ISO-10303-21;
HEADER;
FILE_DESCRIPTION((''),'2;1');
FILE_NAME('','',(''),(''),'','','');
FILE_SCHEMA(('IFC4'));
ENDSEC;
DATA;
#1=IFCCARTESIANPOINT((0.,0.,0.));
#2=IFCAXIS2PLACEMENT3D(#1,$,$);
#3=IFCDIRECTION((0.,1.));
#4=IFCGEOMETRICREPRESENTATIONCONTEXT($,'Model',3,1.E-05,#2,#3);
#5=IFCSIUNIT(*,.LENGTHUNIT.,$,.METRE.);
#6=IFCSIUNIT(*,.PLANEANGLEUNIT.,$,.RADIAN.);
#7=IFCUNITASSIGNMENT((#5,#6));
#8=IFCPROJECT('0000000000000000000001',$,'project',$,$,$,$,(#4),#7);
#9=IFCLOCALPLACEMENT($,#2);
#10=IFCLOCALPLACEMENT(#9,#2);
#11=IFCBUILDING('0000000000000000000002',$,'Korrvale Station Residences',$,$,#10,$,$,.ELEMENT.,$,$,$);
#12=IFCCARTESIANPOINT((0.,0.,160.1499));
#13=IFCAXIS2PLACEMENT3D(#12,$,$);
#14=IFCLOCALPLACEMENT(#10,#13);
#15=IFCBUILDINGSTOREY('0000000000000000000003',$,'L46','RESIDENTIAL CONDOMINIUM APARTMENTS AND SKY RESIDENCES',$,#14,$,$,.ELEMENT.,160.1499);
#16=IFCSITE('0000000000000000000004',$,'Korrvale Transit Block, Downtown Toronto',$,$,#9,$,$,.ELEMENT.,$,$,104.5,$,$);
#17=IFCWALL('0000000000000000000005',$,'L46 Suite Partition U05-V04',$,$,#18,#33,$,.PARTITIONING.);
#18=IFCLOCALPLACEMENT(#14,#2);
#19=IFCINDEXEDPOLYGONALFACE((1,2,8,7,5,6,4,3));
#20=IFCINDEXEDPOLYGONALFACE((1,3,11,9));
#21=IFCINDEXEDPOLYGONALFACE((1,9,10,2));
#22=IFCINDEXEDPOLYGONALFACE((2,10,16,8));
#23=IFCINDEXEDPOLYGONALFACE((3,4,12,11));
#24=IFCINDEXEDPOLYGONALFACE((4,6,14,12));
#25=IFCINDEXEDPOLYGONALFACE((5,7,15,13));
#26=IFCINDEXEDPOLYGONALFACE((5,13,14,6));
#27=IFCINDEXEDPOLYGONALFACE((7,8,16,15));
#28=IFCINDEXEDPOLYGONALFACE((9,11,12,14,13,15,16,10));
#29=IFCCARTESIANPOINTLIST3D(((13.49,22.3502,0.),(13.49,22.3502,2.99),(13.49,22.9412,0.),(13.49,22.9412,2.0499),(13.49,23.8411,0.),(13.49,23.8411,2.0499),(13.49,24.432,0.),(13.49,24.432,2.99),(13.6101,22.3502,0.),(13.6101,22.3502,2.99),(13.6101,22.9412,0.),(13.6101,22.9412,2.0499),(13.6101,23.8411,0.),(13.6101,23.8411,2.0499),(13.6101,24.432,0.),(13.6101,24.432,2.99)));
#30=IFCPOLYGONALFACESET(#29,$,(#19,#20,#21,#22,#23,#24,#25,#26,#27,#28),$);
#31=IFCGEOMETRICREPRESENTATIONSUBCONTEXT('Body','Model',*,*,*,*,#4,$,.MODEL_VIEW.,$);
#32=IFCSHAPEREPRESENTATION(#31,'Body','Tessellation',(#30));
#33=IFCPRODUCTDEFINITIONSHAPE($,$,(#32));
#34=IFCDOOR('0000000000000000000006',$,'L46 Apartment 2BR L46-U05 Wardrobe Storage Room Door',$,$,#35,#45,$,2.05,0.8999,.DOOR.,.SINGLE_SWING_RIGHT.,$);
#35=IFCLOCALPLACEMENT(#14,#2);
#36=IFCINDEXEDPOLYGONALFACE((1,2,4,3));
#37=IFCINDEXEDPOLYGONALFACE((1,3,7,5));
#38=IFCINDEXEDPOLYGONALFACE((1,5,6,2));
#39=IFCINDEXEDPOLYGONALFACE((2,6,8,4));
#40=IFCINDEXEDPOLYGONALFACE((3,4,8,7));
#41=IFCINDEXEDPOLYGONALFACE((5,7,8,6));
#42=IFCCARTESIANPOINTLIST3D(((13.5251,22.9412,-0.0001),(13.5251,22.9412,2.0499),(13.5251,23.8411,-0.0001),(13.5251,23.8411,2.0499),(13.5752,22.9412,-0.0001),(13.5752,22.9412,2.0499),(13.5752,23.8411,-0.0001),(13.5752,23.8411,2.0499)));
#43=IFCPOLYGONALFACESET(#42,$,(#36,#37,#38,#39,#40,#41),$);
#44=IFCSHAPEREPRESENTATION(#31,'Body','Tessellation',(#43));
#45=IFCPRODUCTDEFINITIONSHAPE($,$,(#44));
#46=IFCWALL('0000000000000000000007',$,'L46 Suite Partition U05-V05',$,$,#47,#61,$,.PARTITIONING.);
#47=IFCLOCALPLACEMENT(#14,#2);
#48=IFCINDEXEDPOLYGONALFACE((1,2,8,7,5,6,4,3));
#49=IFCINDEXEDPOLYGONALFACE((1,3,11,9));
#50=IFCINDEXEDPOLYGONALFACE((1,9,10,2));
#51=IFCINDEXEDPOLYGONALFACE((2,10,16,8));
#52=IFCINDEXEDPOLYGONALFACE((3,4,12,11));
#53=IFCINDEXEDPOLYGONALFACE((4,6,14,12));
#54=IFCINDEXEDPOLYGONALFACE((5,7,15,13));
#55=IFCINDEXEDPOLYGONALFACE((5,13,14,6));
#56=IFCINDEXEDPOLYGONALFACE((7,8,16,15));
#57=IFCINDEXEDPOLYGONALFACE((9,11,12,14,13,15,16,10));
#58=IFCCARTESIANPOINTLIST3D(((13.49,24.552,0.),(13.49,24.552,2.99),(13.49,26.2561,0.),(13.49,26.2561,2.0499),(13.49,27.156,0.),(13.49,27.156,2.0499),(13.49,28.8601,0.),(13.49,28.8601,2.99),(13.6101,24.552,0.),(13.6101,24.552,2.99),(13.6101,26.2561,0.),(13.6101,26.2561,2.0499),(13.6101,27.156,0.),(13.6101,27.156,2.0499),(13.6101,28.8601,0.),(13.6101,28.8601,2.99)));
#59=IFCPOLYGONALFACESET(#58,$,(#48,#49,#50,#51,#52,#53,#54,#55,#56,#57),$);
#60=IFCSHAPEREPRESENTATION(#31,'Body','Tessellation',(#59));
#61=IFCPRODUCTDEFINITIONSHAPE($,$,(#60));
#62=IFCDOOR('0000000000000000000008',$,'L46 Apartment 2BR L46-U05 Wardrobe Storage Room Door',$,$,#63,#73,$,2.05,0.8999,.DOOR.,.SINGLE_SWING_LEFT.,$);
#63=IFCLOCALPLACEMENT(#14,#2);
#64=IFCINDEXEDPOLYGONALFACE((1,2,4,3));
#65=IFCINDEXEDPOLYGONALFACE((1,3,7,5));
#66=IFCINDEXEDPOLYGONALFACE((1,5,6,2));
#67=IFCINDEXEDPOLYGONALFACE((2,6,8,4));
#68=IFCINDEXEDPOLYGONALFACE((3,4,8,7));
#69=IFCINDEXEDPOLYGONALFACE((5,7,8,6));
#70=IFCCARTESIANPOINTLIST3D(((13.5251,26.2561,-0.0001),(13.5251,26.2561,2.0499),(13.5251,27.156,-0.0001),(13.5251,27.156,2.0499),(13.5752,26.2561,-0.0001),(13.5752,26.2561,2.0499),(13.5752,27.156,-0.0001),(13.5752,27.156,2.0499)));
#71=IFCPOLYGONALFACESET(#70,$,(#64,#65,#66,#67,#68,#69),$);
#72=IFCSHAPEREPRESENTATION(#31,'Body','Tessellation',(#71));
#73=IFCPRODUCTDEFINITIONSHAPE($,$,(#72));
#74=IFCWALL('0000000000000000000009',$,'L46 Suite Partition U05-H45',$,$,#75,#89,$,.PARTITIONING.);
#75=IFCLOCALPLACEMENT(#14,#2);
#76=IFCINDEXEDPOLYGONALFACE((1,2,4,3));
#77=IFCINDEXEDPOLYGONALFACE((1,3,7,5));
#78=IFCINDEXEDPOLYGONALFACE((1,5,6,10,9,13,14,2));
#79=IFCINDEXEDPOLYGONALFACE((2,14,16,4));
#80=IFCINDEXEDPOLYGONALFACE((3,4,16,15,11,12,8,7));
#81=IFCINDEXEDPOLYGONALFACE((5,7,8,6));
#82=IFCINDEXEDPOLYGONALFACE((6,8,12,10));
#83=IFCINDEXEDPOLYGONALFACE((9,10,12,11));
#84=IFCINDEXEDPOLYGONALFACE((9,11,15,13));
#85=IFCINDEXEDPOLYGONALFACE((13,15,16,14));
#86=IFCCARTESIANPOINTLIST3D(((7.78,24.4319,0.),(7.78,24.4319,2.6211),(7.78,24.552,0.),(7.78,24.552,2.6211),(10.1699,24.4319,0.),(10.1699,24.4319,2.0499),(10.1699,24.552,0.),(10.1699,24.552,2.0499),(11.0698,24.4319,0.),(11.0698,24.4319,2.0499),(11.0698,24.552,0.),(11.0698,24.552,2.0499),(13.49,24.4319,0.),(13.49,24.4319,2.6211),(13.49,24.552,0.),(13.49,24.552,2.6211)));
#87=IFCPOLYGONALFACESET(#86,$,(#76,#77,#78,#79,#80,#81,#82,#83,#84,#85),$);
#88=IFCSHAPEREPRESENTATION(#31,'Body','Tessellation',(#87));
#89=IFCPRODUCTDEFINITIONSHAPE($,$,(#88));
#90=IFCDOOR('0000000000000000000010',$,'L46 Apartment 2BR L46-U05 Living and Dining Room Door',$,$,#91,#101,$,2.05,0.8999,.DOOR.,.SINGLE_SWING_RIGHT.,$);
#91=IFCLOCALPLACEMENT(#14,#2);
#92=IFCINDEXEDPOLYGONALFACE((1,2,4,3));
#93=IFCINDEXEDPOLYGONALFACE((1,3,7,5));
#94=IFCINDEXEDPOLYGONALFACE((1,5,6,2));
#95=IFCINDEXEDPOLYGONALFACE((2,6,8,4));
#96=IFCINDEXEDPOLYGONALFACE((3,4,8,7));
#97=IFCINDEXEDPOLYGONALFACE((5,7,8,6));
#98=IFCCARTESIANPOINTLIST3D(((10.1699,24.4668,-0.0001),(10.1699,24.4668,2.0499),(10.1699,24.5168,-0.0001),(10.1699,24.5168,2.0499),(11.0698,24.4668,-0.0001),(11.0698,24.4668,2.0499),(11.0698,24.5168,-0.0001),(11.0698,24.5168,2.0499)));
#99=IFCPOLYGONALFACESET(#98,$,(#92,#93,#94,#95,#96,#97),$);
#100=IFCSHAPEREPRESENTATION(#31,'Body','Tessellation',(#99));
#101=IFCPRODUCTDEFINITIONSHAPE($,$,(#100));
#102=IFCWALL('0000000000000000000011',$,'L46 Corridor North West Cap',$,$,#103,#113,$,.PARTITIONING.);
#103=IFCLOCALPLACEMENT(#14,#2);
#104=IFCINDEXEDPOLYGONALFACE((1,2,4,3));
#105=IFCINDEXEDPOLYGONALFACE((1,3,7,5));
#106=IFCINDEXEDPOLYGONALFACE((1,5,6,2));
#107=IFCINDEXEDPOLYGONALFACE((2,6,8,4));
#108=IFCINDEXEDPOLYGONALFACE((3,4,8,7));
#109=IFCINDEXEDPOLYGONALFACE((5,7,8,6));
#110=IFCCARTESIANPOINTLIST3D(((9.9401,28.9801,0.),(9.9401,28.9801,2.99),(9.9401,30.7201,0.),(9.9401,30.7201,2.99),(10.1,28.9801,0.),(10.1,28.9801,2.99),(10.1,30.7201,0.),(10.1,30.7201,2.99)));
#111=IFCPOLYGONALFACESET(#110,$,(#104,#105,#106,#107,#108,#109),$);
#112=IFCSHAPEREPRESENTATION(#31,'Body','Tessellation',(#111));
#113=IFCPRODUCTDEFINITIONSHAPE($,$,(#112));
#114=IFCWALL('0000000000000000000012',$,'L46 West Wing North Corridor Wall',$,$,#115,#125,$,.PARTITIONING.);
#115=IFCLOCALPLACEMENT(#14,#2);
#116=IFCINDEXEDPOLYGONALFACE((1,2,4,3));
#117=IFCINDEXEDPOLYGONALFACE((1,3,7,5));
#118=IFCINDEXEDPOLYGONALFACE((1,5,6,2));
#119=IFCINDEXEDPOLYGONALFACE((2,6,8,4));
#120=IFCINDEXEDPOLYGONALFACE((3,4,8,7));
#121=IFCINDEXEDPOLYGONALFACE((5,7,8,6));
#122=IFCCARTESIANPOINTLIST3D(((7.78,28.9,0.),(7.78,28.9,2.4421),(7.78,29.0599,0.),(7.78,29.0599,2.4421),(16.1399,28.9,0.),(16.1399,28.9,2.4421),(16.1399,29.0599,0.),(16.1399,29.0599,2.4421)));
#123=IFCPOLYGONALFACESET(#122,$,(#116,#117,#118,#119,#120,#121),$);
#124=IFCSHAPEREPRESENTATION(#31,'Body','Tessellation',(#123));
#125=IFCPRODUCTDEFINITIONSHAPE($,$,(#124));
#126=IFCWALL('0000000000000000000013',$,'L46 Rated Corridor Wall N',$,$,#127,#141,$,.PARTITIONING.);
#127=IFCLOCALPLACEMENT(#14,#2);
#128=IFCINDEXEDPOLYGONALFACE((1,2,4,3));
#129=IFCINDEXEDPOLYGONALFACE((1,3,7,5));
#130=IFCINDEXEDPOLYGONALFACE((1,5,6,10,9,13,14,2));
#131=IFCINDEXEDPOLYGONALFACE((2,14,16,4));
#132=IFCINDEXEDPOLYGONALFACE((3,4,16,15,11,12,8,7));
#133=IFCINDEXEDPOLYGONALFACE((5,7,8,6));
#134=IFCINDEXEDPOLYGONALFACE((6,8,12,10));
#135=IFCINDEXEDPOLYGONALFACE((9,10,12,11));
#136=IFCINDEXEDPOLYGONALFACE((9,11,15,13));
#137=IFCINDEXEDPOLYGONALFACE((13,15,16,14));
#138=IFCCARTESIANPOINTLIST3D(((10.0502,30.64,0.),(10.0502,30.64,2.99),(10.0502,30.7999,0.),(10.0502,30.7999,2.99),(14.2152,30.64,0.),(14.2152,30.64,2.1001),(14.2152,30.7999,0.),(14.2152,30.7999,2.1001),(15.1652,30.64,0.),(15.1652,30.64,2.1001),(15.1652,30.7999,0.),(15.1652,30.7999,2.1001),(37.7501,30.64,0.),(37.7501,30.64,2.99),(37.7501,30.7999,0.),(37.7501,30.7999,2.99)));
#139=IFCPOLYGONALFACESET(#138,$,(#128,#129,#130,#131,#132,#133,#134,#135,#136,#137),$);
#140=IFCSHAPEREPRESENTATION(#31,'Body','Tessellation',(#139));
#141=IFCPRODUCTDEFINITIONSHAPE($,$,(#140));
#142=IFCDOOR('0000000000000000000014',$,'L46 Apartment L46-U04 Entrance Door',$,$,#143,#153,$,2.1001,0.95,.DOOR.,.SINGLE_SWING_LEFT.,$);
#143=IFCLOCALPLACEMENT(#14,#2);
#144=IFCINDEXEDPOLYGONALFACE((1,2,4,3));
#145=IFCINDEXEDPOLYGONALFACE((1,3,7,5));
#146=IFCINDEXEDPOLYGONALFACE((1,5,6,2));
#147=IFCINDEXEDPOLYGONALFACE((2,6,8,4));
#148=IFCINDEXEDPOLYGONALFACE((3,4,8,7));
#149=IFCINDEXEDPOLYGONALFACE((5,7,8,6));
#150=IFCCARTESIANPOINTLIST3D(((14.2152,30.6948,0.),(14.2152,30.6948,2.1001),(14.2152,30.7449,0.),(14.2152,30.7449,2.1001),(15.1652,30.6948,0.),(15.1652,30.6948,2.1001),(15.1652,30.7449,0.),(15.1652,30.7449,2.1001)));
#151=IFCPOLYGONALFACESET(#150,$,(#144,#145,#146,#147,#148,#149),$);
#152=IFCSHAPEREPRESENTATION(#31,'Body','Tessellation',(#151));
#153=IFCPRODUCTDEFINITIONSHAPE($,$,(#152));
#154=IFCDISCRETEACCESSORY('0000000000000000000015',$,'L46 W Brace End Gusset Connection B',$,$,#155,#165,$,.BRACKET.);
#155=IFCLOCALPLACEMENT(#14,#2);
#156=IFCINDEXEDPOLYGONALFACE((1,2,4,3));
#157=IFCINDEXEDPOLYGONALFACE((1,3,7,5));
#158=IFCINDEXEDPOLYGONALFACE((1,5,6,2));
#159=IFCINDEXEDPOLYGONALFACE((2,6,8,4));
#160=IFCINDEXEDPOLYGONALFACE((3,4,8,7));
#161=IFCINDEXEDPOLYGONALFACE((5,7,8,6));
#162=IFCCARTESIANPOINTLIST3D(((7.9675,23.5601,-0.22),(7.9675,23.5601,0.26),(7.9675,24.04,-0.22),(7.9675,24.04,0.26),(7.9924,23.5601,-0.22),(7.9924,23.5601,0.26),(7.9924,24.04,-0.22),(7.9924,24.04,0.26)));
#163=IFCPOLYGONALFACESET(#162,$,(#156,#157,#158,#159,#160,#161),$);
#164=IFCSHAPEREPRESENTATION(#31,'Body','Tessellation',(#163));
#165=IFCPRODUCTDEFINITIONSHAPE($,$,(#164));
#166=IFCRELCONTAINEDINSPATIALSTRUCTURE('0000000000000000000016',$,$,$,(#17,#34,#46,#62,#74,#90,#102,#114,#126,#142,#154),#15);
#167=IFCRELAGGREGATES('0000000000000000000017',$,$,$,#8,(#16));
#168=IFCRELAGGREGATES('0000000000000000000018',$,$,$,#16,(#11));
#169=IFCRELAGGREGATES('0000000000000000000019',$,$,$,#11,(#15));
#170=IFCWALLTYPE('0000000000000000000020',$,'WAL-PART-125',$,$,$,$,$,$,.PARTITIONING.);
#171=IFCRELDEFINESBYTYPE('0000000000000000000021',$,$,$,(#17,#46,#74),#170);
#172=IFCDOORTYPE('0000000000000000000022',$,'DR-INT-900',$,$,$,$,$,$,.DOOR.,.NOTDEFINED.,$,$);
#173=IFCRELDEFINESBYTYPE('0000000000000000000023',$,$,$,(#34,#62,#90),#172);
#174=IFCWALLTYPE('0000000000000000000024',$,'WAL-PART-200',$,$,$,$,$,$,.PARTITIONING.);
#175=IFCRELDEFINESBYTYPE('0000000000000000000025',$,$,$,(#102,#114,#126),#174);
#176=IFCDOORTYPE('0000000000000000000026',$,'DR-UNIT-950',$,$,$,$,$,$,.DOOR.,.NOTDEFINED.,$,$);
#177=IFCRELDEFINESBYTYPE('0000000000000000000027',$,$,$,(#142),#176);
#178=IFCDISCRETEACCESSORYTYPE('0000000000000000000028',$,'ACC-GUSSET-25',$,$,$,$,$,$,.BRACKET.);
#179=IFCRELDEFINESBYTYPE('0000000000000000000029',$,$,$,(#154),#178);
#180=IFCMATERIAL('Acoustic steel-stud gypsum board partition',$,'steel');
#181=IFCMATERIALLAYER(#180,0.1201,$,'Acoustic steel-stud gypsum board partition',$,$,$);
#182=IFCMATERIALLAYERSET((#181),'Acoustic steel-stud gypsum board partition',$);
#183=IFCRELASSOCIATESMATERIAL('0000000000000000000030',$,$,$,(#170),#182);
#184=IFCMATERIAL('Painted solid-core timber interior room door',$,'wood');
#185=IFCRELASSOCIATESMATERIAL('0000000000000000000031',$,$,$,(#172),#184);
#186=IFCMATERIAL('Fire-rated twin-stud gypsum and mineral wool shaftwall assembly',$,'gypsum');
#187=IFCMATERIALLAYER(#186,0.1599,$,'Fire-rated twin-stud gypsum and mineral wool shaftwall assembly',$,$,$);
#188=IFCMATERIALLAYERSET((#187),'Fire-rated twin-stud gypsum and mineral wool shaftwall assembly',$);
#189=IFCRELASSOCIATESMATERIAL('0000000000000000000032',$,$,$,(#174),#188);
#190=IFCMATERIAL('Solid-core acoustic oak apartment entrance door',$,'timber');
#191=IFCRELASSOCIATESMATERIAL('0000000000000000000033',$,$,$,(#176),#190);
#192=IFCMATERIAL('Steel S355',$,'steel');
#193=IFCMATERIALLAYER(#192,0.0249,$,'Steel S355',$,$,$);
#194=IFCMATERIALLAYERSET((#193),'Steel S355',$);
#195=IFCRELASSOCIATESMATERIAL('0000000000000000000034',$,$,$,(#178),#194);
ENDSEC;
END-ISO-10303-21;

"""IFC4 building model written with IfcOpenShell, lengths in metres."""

from ifc_helpers import new_model, si_unit, direction, frame, frame_2d, origin, origin_2d, place, context, subcontext, project, spatial, rectangle, extrude, material, layer, layer_set, type_object, element, fill, save


model = new_model("IFC4")

# Units and contexts
model_context = context("Model", 3, precision=1e-05, world=origin(), true_north=direction((0.0, 1.0)))
body_context = subcontext(model_context, "Body", "Model", "MODEL_VIEW")
ifc_project = project(units=[si_unit("LENGTHUNIT", "METRE"), si_unit("PLANEANGLEUNIT", "RADIAN")], contexts=[model_context])

# Site, building, storey
site_placement = place(None, origin())
site = spatial("IfcSite", under=ifc_project, at=site_placement, Name="Korrvale Transit Block, Downtown Toronto", CompositionType="ELEMENT", RefElevation=104.5)
building_placement = place(site_placement, origin())
building = spatial("IfcBuilding", under=site, at=building_placement, Name="Korrvale Station Residences", CompositionType="ELEMENT")
storey_placement = place(building_placement, frame((0.0, 0.0, 160.1499)))
storey = spatial("IfcBuildingStorey", under=building, at=storey_placement, Name="L46", Description="RESIDENTIAL CONDOMINIUM APARTMENTS AND SKY RESIDENCES", CompositionType="ELEMENT", Elevation=160.1499)

# Shared definitions
ifc_material_1 = material(Name="Steel S355", Category="steel")

# Walls, openings, doors
ifc_material_2 = material(Name="Acoustic steel-stud gypsum board partition", Category="steel")
ifc_layer_1 = layer(ifc_material_2, 0.1201, Name="Acoustic steel-stud gypsum board partition")
ifc_layer_set_1 = layer_set([ifc_layer_1], Name="Acoustic steel-stud gypsum board partition")
wall_type_1 = type_object("IfcWallType", Name="WAL-PART-125", PredefinedType="PARTITIONING", material=ifc_layer_set_1)
ifc_material_3 = material(Name="Painted solid-core timber interior room door", Category="wood")
door_type_1 = type_object("IfcDoorType", Name="DR-INT-900", OperationType="NOTDEFINED", PredefinedType="DOOR", material=ifc_material_3)
wall_1_placement = place(storey_placement, frame((13.55, 22.3501, 0.0), z_axis=(0.0, 0.0, 1.0), x_axis=(0.0, 1.0, 0.0)))
wall_1 = element("IfcWall", 1, at=wall_1_placement, inside=storey, type_object=wall_type_1, Name="L46 Suite Partition U05-V04", PredefinedType="PARTITIONING", context=body_context, shape_type="SweptSolid", body=[
    extrude(rectangle(XDim=2.0818, YDim=0.1201, at=frame_2d((1.041, 0.0))), origin(), (0.0, 0.0, 1.0), 2.99),
])
opening_1_placement = place(wall_1_placement, frame((0.5911, 0.0, 0.0)))
opening_1 = element("IfcOpeningElement", 2, at=opening_1_placement, cuts=wall_1, PredefinedType="OPENING", context=body_context, shape_type="SweptSolid", body=[
    extrude(rectangle(XDim=0.8999, YDim=2.05, at=frame_2d((0.45, 1.0249))), frame((0.0, 0.0701, 0.0), z_axis=(0.0, -1.0, 0.0), x_axis=(1.0, 0.0, 0.0)), (0.0, 0.0, 1.0), 0.1401),
])
door_1_placement = place(opening_1_placement, origin())
door_1 = element("IfcDoor", 3, at=door_1_placement, inside=storey, type_object=door_type_1, Name="L46 Apartment 2BR L46-U05 Wardrobe Storage Room Door", OperationType="SINGLE_SWING_RIGHT", OverallHeight=2.05, OverallWidth=0.8999, PredefinedType="DOOR", context=body_context, shape_type="SweptSolid", body=[
    extrude(rectangle(XDim=0.8999, YDim=2.05, at=frame_2d((0.45, 1.0249))), frame((0.0, 0.0249, 0.0), z_axis=(0.0, -1.0, 0.0), x_axis=(1.0, 0.0, 0.0)), (0.0, 0.0, 1.0), 0.05),
])
fill(opening_1, door_1)
wall_2_placement = place(storey_placement, frame((13.55, 24.552, 0.0), z_axis=(0.0, 0.0, 1.0), x_axis=(0.0, 1.0, 0.0)))
wall_2 = element("IfcWall", 4, at=wall_2_placement, inside=storey, type_object=wall_type_1, Name="L46 Suite Partition U05-V05", PredefinedType="PARTITIONING", context=body_context, shape_type="SweptSolid", body=[
    extrude(rectangle(XDim=4.3081, YDim=0.1201, at=frame_2d((2.1541, 0.0))), origin(), (0.0, 0.0, 1.0), 2.99),
])
opening_2_placement = place(wall_2_placement, frame((1.7041, 0.0, 0.0)))
opening_2 = element("IfcOpeningElement", 5, at=opening_2_placement, cuts=wall_2, PredefinedType="OPENING", context=body_context, shape_type="SweptSolid", body=[
    extrude(rectangle(XDim=0.8999, YDim=2.05, at=frame_2d((0.45, 1.0249))), frame((0.0, 0.0701, 0.0), z_axis=(0.0, -1.0, 0.0), x_axis=(1.0, 0.0, 0.0)), (0.0, 0.0, 1.0), 0.1401),
])
door_2_placement = place(opening_2_placement, origin())
door_2 = element("IfcDoor", 6, at=door_2_placement, inside=storey, type_object=door_type_1, Name="L46 Apartment 2BR L46-U05 Wardrobe Storage Room Door", OperationType="SINGLE_SWING_LEFT", OverallHeight=2.05, OverallWidth=0.8999, PredefinedType="DOOR", context=body_context, shape_type="SweptSolid", body=[
    extrude(rectangle(XDim=0.8999, YDim=2.05, at=frame_2d((0.45, 1.0249))), frame((0.0, 0.0249, 0.0), z_axis=(0.0, -1.0, 0.0), x_axis=(1.0, 0.0, 0.0)), (0.0, 0.0, 1.0), 0.05),
])
fill(opening_2, door_2)
wall_3_placement = place(storey_placement, frame((7.78, 24.4919, 0.0), z_axis=(0.0, 0.0, 1.0), x_axis=(1.0, 0.0, 0.0)))
wall_3 = element("IfcWall", 7, at=wall_3_placement, inside=storey, type_object=wall_type_1, Name="L46 Suite Partition U05-H45", PredefinedType="PARTITIONING", context=body_context, shape_type="SweptSolid", body=[
    extrude(rectangle(XDim=5.71, YDim=0.1201, at=frame_2d((2.855, 0.0))), origin(), (0.0, 0.0, 1.0), 2.6211),
])
opening_3_placement = place(wall_3_placement, frame((2.3899, 0.0, 0.0)))
opening_3 = element("IfcOpeningElement", 8, at=opening_3_placement, cuts=wall_3, PredefinedType="OPENING", context=body_context, shape_type="SweptSolid", body=[
    extrude(rectangle(XDim=0.8999, YDim=2.05, at=frame_2d((0.45, 1.0249))), frame((0.0, 0.0701, 0.0), z_axis=(0.0, -1.0, 0.0), x_axis=(1.0, 0.0, 0.0)), (0.0, 0.0, 1.0), 0.1401),
])
door_3_placement = place(opening_3_placement, origin())
door_3 = element("IfcDoor", 9, at=door_3_placement, inside=storey, type_object=door_type_1, Name="L46 Apartment 2BR L46-U05 Living and Dining Room Door", OperationType="SINGLE_SWING_RIGHT", OverallHeight=2.05, OverallWidth=0.8999, PredefinedType="DOOR", context=body_context, shape_type="SweptSolid", body=[
    extrude(rectangle(XDim=0.8999, YDim=2.05, at=frame_2d((0.45, 1.0249))), frame((0.0, 0.0249, 0.0), z_axis=(0.0, -1.0, 0.0), x_axis=(1.0, 0.0, 0.0)), (0.0, 0.0, 1.0), 0.05),
])
fill(opening_3, door_3)

# Walls
ifc_material_4 = material(Name="Fire-rated twin-stud gypsum and mineral wool shaftwall assembly", Category="gypsum")
ifc_layer_2 = layer(ifc_material_4, 0.1599, Name="Fire-rated twin-stud gypsum and mineral wool shaftwall assembly")
ifc_layer_set_2 = layer_set([ifc_layer_2], Name="Fire-rated twin-stud gypsum and mineral wool shaftwall assembly")
wall_type_2 = type_object("IfcWallType", Name="WAL-PART-200", PredefinedType="PARTITIONING", material=ifc_layer_set_2)
wall_4_placement = place(storey_placement, frame((10.02, 28.98, 0.0), z_axis=(0.0, 0.0, 1.0), x_axis=(0.0, 1.0, 0.0)))
element("IfcWall", 10, at=wall_4_placement, inside=storey, type_object=wall_type_2, Name="L46 Corridor North West Cap", PredefinedType="PARTITIONING", context=body_context, shape_type="SweptSolid", body=[
    extrude(rectangle(XDim=1.74, YDim=0.1599, at=frame_2d((0.8701, 0.0))), origin(), (0.0, 0.0, 1.0), 2.99),
])
wall_5_placement = place(storey_placement, frame((7.78, 28.98, 0.0), z_axis=(0.0, 0.0, 1.0), x_axis=(1.0, 0.0, 0.0)))
element("IfcWall", 11, at=wall_5_placement, inside=storey, type_object=wall_type_2, Name="L46 West Wing North Corridor Wall", PredefinedType="PARTITIONING", context=body_context, shape_type="SweptSolid", body=[
    extrude(rectangle(XDim=8.3599, YDim=0.1599, at=frame_2d((4.1799, 0.0))), origin(), (0.0, 0.0, 1.0), 2.4421),
])

# Wall, opening, door
wall_6_placement = place(storey_placement, frame((10.05, 30.72, 0.0), z_axis=(0.0, 0.0, 1.0), x_axis=(1.0, 0.0, 0.0)))
wall_6 = element("IfcWall", 12, at=wall_6_placement, inside=storey, type_object=wall_type_2, Name="L46 Rated Corridor Wall N", PredefinedType="PARTITIONING", context=body_context, shape_type="SweptSolid", body=[
    extrude(rectangle(XDim=27.7, YDim=0.1599, at=frame_2d((13.8501, 0.0))), origin(), (0.0, 0.0, 1.0), 2.99),
])
opening_4_placement = place(wall_6_placement, frame((4.165, 0.0, 0.0)))
opening_4 = element("IfcOpeningElement", 13, at=opening_4_placement, cuts=wall_6, PredefinedType="OPENING", context=body_context, shape_type="SweptSolid", body=[
    extrude(rectangle(XDim=0.95, YDim=2.1001, at=frame_2d((0.4751, 1.05))), frame((0.0, 0.0898, 0.0), z_axis=(0.0, -1.0, 0.0), x_axis=(1.0, 0.0, 0.0)), (0.0, 0.0, 1.0), 0.1799),
])
ifc_material_5 = material(Name="Solid-core acoustic oak apartment entrance door", Category="timber")
door_type_2 = type_object("IfcDoorType", Name="DR-UNIT-950", OperationType="NOTDEFINED", PredefinedType="DOOR", material=ifc_material_5)
door_4_placement = place(opening_4_placement, origin())
door_4 = element("IfcDoor", 14, at=door_4_placement, inside=storey, type_object=door_type_2, Name="L46 Apartment L46-U04 Entrance Door", OperationType="SINGLE_SWING_LEFT", OverallHeight=2.1001, OverallWidth=0.95, PredefinedType="DOOR", context=body_context, shape_type="SweptSolid", body=[
    extrude(rectangle(XDim=0.95, YDim=2.1001, at=frame_2d((0.4751, 1.05))), frame((0.0, 0.0249, 0.0), z_axis=(0.0, -1.0, 0.0), x_axis=(1.0, 0.0, 0.0)), (0.0, 0.0, 1.0), 0.05),
])
fill(opening_4, door_4)

# Discrete accessory
ifc_layer_3 = layer(ifc_material_1, 0.0249, Name="Steel S355")
ifc_layer_set_3 = layer_set([ifc_layer_3], Name="Steel S355")
discrete_accessory_type = type_object("IfcDiscreteAccessoryType", Name="ACC-GUSSET-25", PredefinedType="BRACKET", material=ifc_layer_set_3)
for number, where, z_axis, x_axis, name in (
    (15, (7.98, 23.8, -0.22), (0.0, 0.0, 1.0), (0.0, 1.0, 0.0), "L46 W Brace End Gusset Connection B"),
):
    element("IfcDiscreteAccessory", number, at=place(storey_placement, frame(where, z_axis=z_axis, x_axis=x_axis)), inside=storey, type_object=discrete_accessory_type, Name=name, PredefinedType="BRACKET", context=body_context, shape_type="SweptSolid", body=[
        extrude(rectangle(XDim=0.48, YDim=0.0249, at=origin_2d()), origin(), (0.0, 0.0, 1.0), 0.48),
    ])

save(model, "model.ifc")
